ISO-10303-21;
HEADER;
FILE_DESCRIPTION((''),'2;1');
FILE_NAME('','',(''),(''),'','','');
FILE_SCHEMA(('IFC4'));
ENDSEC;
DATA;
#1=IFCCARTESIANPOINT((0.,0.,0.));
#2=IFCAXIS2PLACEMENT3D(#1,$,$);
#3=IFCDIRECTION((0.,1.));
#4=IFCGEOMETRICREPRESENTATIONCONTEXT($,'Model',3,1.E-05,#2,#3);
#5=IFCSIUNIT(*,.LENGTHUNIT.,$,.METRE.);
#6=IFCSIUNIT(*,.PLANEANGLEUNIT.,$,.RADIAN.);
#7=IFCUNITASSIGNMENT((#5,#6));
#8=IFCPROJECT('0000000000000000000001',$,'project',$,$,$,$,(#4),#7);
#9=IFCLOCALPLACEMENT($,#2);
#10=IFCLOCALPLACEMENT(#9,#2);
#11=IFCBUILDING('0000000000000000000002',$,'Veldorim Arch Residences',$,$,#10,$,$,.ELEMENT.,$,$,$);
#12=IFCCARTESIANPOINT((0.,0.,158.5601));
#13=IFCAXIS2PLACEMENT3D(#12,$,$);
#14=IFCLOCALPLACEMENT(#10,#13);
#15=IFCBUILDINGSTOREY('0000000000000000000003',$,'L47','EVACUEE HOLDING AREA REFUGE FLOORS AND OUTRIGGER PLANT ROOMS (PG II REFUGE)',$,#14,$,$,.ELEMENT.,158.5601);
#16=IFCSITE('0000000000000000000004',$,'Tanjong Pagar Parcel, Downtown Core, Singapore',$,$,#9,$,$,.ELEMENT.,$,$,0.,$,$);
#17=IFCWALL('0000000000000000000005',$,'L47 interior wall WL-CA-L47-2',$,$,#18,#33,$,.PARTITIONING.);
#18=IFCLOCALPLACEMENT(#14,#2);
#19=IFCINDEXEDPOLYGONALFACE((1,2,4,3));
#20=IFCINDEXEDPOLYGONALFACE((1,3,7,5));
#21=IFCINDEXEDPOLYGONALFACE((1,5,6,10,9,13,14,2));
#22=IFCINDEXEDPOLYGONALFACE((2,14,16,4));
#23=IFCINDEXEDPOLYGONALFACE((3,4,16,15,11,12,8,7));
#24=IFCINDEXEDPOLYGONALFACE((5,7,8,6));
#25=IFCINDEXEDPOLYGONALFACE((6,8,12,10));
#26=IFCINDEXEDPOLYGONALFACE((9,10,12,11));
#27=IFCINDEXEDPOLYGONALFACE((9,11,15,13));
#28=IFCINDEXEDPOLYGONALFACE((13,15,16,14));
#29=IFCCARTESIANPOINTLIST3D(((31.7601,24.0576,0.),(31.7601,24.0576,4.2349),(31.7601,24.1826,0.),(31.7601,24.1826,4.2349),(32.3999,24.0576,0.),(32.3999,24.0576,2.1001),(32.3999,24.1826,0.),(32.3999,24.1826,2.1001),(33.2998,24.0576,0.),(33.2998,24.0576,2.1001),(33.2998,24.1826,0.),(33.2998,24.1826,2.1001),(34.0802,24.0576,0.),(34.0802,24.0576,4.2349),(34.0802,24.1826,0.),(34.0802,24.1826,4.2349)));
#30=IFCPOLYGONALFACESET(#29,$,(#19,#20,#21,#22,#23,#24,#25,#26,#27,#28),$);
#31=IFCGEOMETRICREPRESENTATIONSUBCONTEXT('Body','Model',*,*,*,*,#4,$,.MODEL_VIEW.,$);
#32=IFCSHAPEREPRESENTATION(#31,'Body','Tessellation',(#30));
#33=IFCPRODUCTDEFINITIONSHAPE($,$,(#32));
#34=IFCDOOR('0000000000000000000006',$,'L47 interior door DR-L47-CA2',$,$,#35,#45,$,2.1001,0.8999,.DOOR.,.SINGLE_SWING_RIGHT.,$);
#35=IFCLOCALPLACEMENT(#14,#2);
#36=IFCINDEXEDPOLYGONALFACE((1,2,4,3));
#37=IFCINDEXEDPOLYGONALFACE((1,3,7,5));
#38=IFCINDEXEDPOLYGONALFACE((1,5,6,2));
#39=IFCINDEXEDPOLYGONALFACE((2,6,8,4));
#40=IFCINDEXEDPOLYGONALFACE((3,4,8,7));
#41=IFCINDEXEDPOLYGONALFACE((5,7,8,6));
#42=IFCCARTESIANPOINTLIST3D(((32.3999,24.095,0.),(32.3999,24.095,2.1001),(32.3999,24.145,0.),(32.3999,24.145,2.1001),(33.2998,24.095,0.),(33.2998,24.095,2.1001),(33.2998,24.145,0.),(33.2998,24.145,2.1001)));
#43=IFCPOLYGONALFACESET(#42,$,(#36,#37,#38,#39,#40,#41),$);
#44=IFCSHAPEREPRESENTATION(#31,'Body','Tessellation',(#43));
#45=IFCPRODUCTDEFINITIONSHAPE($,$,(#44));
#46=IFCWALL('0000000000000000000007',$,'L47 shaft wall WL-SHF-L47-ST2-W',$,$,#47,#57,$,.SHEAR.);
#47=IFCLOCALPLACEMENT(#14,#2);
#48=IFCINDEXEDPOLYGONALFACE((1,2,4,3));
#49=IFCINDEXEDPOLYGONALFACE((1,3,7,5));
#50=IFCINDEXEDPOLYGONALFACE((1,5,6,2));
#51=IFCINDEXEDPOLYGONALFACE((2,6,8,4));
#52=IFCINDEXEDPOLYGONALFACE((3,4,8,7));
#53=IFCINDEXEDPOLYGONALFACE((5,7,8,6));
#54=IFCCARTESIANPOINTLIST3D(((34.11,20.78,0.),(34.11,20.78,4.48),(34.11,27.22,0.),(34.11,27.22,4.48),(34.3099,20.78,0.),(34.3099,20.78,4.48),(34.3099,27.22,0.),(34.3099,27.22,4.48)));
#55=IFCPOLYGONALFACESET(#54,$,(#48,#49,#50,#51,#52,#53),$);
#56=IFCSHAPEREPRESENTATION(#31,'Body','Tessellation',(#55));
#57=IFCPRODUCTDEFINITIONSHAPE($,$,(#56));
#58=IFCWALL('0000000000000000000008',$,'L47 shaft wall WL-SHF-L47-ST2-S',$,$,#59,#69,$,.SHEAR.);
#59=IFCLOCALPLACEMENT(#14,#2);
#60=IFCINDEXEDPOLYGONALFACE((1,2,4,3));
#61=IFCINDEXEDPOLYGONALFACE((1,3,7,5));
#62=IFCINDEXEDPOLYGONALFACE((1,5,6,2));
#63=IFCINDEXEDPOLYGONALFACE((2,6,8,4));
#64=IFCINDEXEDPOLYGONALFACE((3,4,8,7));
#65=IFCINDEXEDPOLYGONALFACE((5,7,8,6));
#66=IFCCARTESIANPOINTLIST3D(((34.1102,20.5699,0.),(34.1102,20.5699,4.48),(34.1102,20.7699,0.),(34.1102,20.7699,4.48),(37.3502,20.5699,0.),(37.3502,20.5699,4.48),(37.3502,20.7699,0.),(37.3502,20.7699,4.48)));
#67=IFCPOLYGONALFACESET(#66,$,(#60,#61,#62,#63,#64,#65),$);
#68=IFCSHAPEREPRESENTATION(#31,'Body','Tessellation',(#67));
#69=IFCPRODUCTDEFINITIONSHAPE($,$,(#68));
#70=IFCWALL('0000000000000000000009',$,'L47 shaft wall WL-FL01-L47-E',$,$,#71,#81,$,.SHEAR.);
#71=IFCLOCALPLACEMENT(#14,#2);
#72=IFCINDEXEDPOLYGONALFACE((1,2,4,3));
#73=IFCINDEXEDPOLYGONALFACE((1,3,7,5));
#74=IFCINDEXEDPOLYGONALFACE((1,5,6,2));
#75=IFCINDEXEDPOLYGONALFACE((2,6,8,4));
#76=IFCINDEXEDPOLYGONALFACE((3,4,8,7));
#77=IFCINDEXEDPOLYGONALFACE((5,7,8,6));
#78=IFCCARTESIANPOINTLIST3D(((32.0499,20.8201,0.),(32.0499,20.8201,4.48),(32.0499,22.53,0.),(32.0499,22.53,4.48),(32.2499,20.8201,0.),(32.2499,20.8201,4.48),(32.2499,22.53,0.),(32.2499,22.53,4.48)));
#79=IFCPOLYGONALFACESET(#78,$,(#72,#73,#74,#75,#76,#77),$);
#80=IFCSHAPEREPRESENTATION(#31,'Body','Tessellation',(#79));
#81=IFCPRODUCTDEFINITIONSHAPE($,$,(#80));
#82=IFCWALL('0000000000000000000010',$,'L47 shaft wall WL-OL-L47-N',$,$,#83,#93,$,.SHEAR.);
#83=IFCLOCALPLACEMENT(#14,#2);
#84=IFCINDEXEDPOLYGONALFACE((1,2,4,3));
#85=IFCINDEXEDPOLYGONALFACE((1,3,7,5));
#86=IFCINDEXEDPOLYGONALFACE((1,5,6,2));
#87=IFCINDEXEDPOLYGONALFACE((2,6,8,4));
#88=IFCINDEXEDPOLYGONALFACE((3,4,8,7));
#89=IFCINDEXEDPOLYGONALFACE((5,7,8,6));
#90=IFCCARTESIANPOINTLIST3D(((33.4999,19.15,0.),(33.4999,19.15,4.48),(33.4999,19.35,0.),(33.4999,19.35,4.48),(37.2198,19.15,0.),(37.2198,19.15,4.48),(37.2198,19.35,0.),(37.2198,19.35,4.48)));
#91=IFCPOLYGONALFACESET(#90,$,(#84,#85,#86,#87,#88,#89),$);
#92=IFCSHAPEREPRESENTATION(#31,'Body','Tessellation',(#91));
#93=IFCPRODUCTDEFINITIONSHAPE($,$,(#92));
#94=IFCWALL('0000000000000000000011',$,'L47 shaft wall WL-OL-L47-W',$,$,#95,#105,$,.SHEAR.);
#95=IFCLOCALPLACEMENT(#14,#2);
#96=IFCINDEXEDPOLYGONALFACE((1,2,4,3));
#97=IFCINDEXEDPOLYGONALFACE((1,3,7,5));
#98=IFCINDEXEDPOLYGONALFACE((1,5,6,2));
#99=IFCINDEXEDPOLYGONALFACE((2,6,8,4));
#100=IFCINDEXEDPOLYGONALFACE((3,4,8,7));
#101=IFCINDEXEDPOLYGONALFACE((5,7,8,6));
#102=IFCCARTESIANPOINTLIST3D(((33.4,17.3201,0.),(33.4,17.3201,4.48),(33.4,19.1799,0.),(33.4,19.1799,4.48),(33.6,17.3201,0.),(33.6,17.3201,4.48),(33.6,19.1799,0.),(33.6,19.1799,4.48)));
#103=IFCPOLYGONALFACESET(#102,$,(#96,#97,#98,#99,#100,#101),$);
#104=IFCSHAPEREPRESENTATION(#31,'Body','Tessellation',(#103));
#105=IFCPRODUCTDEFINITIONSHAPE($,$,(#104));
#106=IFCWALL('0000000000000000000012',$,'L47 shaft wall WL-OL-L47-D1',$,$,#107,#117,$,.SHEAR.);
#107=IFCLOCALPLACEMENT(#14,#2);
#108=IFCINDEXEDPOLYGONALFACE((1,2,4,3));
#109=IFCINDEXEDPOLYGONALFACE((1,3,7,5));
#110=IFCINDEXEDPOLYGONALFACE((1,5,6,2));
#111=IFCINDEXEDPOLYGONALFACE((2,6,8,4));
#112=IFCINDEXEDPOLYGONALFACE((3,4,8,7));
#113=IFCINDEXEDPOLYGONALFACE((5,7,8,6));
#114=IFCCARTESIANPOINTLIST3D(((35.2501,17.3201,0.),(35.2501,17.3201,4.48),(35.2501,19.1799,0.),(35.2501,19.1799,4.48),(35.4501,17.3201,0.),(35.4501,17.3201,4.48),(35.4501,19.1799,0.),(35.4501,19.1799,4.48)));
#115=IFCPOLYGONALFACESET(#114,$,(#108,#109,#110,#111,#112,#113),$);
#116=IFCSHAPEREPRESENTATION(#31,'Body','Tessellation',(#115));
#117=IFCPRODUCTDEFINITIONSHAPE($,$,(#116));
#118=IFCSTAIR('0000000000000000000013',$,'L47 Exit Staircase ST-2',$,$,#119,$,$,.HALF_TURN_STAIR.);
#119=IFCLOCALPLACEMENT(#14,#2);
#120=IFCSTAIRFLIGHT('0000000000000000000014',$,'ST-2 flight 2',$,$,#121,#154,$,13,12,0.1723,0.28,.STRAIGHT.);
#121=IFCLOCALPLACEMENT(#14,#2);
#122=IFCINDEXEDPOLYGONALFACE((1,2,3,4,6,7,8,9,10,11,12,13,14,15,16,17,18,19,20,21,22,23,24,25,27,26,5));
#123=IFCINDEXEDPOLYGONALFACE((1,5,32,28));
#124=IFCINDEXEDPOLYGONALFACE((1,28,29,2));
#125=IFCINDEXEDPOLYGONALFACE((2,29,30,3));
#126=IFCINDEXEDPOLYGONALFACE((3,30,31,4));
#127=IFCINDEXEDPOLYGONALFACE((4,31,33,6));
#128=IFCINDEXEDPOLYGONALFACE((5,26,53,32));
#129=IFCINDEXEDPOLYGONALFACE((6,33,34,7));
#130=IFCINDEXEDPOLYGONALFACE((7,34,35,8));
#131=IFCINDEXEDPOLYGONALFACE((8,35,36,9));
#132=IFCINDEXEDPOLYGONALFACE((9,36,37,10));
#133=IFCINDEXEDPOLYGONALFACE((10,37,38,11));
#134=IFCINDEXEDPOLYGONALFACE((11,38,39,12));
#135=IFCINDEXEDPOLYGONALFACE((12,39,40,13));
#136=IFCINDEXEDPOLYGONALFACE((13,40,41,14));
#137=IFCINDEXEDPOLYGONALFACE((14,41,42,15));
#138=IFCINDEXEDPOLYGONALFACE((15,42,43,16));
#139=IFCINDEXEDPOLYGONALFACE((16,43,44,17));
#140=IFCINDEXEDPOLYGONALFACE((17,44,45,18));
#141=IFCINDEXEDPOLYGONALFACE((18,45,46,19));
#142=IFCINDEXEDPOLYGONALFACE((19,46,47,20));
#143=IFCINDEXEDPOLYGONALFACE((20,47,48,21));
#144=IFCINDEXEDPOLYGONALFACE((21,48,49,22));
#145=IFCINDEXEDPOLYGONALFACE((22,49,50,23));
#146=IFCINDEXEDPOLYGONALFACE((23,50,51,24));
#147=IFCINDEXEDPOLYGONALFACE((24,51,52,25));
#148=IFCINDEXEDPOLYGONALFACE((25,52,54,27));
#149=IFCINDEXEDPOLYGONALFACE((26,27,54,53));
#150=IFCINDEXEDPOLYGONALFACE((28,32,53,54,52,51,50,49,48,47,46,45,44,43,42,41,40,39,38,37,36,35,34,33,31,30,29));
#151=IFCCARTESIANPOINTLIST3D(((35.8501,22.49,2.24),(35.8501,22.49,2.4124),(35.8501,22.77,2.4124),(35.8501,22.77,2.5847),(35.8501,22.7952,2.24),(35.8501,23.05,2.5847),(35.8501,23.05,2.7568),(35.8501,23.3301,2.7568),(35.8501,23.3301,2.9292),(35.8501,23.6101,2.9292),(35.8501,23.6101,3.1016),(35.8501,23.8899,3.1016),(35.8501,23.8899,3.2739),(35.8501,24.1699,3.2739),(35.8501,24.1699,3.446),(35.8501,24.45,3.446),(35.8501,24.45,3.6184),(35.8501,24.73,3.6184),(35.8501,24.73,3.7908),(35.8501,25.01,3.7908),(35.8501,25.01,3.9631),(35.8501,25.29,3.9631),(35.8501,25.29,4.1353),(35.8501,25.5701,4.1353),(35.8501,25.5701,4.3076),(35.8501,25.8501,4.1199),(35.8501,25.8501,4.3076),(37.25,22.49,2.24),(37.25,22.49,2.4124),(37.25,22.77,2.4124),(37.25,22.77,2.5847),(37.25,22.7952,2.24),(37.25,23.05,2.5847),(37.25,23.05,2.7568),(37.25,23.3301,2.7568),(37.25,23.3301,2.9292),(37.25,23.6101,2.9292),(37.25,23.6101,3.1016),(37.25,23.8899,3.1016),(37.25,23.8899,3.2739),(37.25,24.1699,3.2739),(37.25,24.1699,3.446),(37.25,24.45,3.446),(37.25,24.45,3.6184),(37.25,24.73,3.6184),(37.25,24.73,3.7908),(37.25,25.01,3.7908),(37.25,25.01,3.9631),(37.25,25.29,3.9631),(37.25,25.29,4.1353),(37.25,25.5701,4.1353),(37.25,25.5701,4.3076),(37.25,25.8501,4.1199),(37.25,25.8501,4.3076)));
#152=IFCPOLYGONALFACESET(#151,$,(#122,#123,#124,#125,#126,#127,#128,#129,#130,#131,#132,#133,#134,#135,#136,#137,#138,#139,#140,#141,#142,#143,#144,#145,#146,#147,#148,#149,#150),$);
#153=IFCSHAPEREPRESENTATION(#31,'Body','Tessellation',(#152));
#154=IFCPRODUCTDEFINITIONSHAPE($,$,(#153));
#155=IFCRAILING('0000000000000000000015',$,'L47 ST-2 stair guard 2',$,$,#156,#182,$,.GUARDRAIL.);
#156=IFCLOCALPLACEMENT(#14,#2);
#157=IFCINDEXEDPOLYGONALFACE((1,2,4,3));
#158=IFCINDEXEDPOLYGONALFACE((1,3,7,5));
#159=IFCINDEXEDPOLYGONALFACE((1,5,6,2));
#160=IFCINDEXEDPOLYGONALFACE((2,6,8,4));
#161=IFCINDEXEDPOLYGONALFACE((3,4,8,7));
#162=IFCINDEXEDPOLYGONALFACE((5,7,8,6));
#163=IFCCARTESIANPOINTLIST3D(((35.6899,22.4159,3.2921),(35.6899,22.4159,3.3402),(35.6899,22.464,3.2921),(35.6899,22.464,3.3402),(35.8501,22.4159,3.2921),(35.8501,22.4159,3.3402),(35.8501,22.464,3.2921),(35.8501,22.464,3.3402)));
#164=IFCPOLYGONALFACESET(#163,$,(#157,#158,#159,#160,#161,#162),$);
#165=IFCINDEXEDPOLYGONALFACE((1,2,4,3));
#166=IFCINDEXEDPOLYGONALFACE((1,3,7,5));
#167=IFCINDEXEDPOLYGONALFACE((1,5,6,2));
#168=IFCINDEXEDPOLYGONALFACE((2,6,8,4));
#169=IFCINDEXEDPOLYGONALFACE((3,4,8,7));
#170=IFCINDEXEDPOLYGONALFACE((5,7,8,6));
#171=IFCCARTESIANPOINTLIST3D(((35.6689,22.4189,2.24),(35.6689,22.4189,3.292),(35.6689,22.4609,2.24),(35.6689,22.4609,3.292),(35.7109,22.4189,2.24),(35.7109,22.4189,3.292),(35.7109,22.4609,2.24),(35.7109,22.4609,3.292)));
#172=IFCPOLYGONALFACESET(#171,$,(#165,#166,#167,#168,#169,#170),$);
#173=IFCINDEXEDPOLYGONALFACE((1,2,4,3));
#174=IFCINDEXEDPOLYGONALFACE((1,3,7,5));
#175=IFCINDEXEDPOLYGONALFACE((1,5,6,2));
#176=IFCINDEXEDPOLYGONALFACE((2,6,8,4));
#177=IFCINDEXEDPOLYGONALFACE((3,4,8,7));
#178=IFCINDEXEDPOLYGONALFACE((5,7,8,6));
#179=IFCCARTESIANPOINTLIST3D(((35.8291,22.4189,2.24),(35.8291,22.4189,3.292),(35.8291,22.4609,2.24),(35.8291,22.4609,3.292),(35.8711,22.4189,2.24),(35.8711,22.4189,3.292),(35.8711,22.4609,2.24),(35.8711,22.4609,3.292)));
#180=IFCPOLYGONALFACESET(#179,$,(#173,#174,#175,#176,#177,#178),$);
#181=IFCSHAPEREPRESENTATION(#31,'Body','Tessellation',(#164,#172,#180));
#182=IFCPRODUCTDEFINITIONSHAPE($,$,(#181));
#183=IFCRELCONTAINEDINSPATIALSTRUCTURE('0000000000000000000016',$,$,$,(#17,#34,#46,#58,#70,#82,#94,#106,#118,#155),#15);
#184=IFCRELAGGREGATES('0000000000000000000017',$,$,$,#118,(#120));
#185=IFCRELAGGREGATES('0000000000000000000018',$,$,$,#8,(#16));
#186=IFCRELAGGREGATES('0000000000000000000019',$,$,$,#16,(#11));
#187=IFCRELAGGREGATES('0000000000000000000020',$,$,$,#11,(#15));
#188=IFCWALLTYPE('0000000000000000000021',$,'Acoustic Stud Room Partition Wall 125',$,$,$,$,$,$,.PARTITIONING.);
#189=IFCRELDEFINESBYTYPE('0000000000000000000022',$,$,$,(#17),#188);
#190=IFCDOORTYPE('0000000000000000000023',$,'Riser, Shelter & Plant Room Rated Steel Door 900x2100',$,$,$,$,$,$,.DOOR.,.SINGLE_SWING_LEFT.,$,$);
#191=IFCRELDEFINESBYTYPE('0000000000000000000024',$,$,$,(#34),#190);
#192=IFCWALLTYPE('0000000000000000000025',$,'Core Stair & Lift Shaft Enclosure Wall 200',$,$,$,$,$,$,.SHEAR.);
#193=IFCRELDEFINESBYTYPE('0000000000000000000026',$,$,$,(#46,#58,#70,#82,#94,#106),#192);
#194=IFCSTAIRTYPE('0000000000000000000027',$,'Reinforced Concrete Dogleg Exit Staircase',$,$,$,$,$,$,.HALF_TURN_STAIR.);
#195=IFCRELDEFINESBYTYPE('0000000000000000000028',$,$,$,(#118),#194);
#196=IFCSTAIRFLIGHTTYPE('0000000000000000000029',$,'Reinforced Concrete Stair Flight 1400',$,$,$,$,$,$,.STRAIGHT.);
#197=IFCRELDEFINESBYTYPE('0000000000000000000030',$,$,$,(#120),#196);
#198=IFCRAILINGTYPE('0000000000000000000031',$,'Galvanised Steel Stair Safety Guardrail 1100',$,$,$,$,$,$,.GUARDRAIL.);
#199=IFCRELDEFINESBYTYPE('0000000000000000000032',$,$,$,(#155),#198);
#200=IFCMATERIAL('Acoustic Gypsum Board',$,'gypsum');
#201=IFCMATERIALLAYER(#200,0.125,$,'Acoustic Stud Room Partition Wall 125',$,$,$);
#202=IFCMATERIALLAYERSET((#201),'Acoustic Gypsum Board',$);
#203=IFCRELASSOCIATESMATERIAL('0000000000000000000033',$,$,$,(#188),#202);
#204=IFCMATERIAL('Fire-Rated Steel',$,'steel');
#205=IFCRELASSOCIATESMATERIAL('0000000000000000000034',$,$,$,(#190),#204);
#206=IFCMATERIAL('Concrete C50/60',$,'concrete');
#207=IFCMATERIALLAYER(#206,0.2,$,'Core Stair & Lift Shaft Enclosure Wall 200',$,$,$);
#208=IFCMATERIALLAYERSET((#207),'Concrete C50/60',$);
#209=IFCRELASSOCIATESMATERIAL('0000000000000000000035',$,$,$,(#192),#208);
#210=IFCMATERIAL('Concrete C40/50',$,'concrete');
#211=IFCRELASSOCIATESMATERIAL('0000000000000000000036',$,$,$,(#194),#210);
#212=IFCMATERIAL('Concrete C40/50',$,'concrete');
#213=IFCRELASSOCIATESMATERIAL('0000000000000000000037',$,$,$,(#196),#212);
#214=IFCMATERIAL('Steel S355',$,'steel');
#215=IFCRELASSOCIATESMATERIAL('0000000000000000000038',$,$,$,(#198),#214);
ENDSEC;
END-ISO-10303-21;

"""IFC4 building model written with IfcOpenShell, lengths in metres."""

from ifc_helpers import new_model, si_unit, direction, frame, frame_2d, origin, origin_2d, place, context, subcontext, project, spatial, polyline, rectangle, outline, extrude, material, layer, layer_set, type_object, element, fill, aggregate, save


model = new_model("IFC4")

# Units and contexts
model_context = context("Model", 3, precision=1e-05, world=origin(), true_north=direction((0.0, 1.0)))
body_context = subcontext(model_context, "Body", "Model", "MODEL_VIEW")
ifc_project = project(units=[si_unit("LENGTHUNIT", "METRE"), si_unit("PLANEANGLEUNIT", "RADIAN")], contexts=[model_context])

# Site, building, storey
site_placement = place(None, origin())
site = spatial("IfcSite", under=ifc_project, at=site_placement, Name="Tanjong Pagar Parcel, Downtown Core, Singapore", CompositionType="ELEMENT", RefElevation=0.0)
building_placement = place(site_placement, origin())
building = spatial("IfcBuilding", under=site, at=building_placement, Name="Veldorim Arch Residences", CompositionType="ELEMENT")
storey_placement = place(building_placement, frame((0.0, 0.0, 158.5601)))
storey = spatial("IfcBuildingStorey", under=building, at=storey_placement, Name="L47", Description="EVACUEE HOLDING AREA REFUGE FLOORS AND OUTRIGGER PLANT ROOMS (PG II REFUGE)", CompositionType="ELEMENT", Elevation=158.5601)

# Wall, opening, door
ifc_material_1 = material(Name="Acoustic Gypsum Board", Category="gypsum")
ifc_layer_1 = layer(ifc_material_1, 0.125, Name="Acoustic Stud Room Partition Wall 125")
ifc_layer_set_1 = layer_set([ifc_layer_1], Name="Acoustic Gypsum Board")
wall_type_1 = type_object("IfcWallType", Name="Acoustic Stud Room Partition Wall 125", PredefinedType="PARTITIONING", material=ifc_layer_set_1)
ifc_material_2 = material(Name="Fire-Rated Steel", Category="steel")
door_type = type_object("IfcDoorType", Name="Riser, Shelter & Plant Room Rated Steel Door 900x2100", OperationType="SINGLE_SWING_LEFT", PredefinedType="DOOR", material=ifc_material_2)
wall_1_placement = place(storey_placement, frame((31.76, 24.1201, 0.0), z_axis=(0.0, 0.0, 1.0), x_axis=(1.0, 0.0, 0.0)))
wall_1 = element("IfcWall", 1, at=wall_1_placement, inside=storey, type_object=wall_type_1, Name="L47 interior wall WL-CA-L47-2", PredefinedType="PARTITIONING", context=body_context, shape_type="SweptSolid", body=[
    extrude(rectangle(XDim=2.3201, YDim=0.125, at=frame_2d((1.1602, 0.0))), origin(), (0.0, 0.0, 1.0), 4.2349),
])
opening_1_placement = place(wall_1_placement, frame((0.6399, 0.0, 0.0)))
opening_1 = element("IfcOpeningElement", 2, at=opening_1_placement, cuts=wall_1, PredefinedType="OPENING", context=body_context, shape_type="SweptSolid", body=[
    extrude(rectangle(XDim=0.8999, YDim=2.1001, at=frame_2d((0.45, 1.05))), frame((0.0, 0.0725, 0.0), z_axis=(0.0, -1.0, 0.0), x_axis=(1.0, 0.0, 0.0)), (0.0, 0.0, 1.0), 0.145),
])
door_1_placement = place(opening_1_placement, origin())
door_1 = element("IfcDoor", 3, at=door_1_placement, inside=storey, type_object=door_type, Name="L47 interior door DR-L47-CA2", OperationType="SINGLE_SWING_RIGHT", OverallHeight=2.1001, OverallWidth=0.8999, PredefinedType="DOOR", context=body_context, shape_type="SweptSolid", body=[
    extrude(rectangle(XDim=0.8999, YDim=2.1001, at=frame_2d((0.45, 1.05))), frame((0.0, 0.0249, 0.0), z_axis=(0.0, -1.0, 0.0), x_axis=(1.0, 0.0, 0.0)), (0.0, 0.0, 1.0), 0.05),
])
fill(opening_1, door_1)

# Walls
ifc_material_3 = material(Name="Concrete C50/60", Category="concrete")
ifc_layer_2 = layer(ifc_material_3, 0.2, Name="Core Stair & Lift Shaft Enclosure Wall 200")
ifc_layer_set_2 = layer_set([ifc_layer_2], Name="Concrete C50/60")
wall_type_2 = type_object("IfcWallType", Name="Core Stair & Lift Shaft Enclosure Wall 200", PredefinedType="SHEAR", material=ifc_layer_set_2)
wall_2_placement = place(storey_placement, frame((34.21, 20.78, 0.0), z_axis=(0.0, 0.0, 1.0), x_axis=(0.0, 1.0, 0.0)))
element("IfcWall", 4, at=wall_2_placement, inside=storey, type_object=wall_type_2, Name="L47 shaft wall WL-SHF-L47-ST2-W", PredefinedType="SHEAR", context=body_context, shape_type="SweptSolid", body=[
    extrude(rectangle(XDim=6.4399, YDim=0.2, at=frame_2d((3.22, 0.0))), origin(), (0.0, 0.0, 1.0), 4.48),
])
wall_3_placement = place(storey_placement, frame((34.1101, 20.6699, 0.0), z_axis=(0.0, 0.0, 1.0), x_axis=(1.0, 0.0, 0.0)))
element("IfcWall", 5, at=wall_3_placement, inside=storey, type_object=wall_type_2, Name="L47 shaft wall WL-SHF-L47-ST2-S", PredefinedType="SHEAR", context=body_context, shape_type="SweptSolid", body=[
    extrude(rectangle(XDim=3.24, YDim=0.2, at=frame_2d((1.6201, 0.0))), origin(), (0.0, 0.0, 1.0), 4.48),
])
wall_4_placement = place(storey_placement, frame((32.1499, 20.8201, 0.0), z_axis=(0.0, 0.0, 1.0), x_axis=(0.0, 1.0, 0.0)))
element("IfcWall", 6, at=wall_4_placement, inside=storey, type_object=wall_type_2, Name="L47 shaft wall WL-FL01-L47-E", PredefinedType="SHEAR", context=body_context, shape_type="SweptSolid", body=[
    extrude(rectangle(XDim=1.71, YDim=0.2, at=frame_2d((0.855, 0.0))), origin(), (0.0, 0.0, 1.0), 4.48),
])
wall_5_placement = place(storey_placement, frame((33.5, 19.25, 0.0), z_axis=(0.0, 0.0, 1.0), x_axis=(1.0, 0.0, 0.0)))
element("IfcWall", 7, at=wall_5_placement, inside=storey, type_object=wall_type_2, Name="L47 shaft wall WL-OL-L47-N", PredefinedType="SHEAR", context=body_context, shape_type="SweptSolid", body=[
    extrude(rectangle(XDim=3.72, YDim=0.2, at=frame_2d((1.8599, 0.0))), origin(), (0.0, 0.0, 1.0), 4.48),
])
for number, where, z_axis, x_axis, name in (
    (8, (33.5, 17.3201, 0.0), (0.0, 0.0, 1.0), (0.0, 1.0, 0.0), "L47 shaft wall WL-OL-L47-W"),
    (9, (35.3501, 17.3201, 0.0), (0.0, 0.0, 1.0), (0.0, 1.0, 0.0), "L47 shaft wall WL-OL-L47-D1"),
):
    element("IfcWall", number, at=place(storey_placement, frame(where, z_axis=z_axis, x_axis=x_axis)), inside=storey, type_object=wall_type_2, Name=name, PredefinedType="SHEAR", context=body_context, shape_type="SweptSolid", body=[
        extrude(rectangle(XDim=1.8599, YDim=0.2, at=frame_2d((0.9299, 0.0))), origin(), (0.0, 0.0, 1.0), 4.48),
    ])

# Stair, stair flight
ifc_material_4 = material(Name="Concrete C40/50", Category="concrete")
stair_type = type_object("IfcStairType", Name="Reinforced Concrete Dogleg Exit Staircase", PredefinedType="HALF_TURN_STAIR", material=ifc_material_4)
stair_placement = place(storey_placement, origin())
stair = element("IfcStair", 10, at=stair_placement, inside=storey, type_object=stair_type, Name="L47 Exit Staircase ST-2", PredefinedType="HALF_TURN_STAIR")
ifc_material_5 = material(Name="Concrete C40/50", Category="concrete")
stair_flight_type = type_object("IfcStairFlightType", Name="Reinforced Concrete Stair Flight 1400", PredefinedType="STRAIGHT", material=ifc_material_5)
stair_flight_placement = place(storey_placement, frame((36.55, 22.49, 2.24), z_axis=(0.0, 0.0, 1.0), x_axis=(0.0, 1.0, 0.0)))
stair_flight = element("IfcStairFlight", 11, at=stair_flight_placement, type_object=stair_flight_type, Name="ST-2 flight 2", NumberOfRisers=13, NumberOfTreads=12, PredefinedType="STRAIGHT", RiserHeight=0.1723, TreadLength=0.28, context=body_context, shape_type="SweptSolid", body=[
    extrude(outline(polyline([(0.0, 0.0), (0.0, 0.1724), (0.28, 0.1724), (0.28, 0.3447), (0.5601, 0.3447), (0.5601, 0.5168), (0.8401, 0.5168), (0.8401, 0.6892), (1.1201, 0.6892), (1.1201, 0.8616), (1.3999, 0.8616), (1.3999, 1.0339), (1.6799, 1.0339), (1.6799, 1.2061), (1.96, 1.2061), (1.96, 1.3784), (2.24, 1.3784), (2.24, 1.5508), (2.52, 1.5508), (2.52, 1.7231), (2.8, 1.7231), (2.8, 1.8953), (3.0801, 1.8953), (3.0801, 2.0676), (3.3601, 2.0676), (3.3601, 2.24), (3.3601, 1.8799), (0.3052, 0.0), (0.0, 0.0)])), frame((0.0, 0.7, 0.0), z_axis=(0.0, -1.0, 0.0), x_axis=(1.0, 0.0, 0.0)), (0.0, 0.0, 1.0), 1.3999),
])
aggregate(stair, [stair_flight])

# Railing
ifc_material_6 = material(Name="Steel S355", Category="steel")
railing_type_1 = type_object("IfcRailingType", Name="Galvanised Steel Stair Safety Guardrail 1100", PredefinedType="GUARDRAIL", material=ifc_material_6)
railing_1_placement = place(storey_placement, frame((35.6899, 22.4399, 2.24)))
element("IfcRailing", 12, at=railing_1_placement, inside=storey, type_object=railing_type_1, Name="L47 ST-2 stair guard 2", PredefinedType="GUARDRAIL", context=body_context, shape_type="SweptSolid", body=[
    extrude(rectangle(XDim=0.0481, YDim=0.0481, at=origin_2d()), frame((0.0, 0.0, 1.0762), z_axis=(1.0, 0.0, 0.0), x_axis=(0.0, 1.0, 0.0)), (0.0, 0.0, 1.0), 0.1602),
    extrude(rectangle(XDim=0.042, YDim=0.042, at=origin_2d()), origin(), (0.0, 0.0, 1.0), 1.052),
    extrude(rectangle(XDim=0.042, YDim=0.042, at=origin_2d()), frame((0.1602, 0.0, 0.0)), (0.0, 0.0, 1.0), 1.052),
])

save(model, "model.ifc")
